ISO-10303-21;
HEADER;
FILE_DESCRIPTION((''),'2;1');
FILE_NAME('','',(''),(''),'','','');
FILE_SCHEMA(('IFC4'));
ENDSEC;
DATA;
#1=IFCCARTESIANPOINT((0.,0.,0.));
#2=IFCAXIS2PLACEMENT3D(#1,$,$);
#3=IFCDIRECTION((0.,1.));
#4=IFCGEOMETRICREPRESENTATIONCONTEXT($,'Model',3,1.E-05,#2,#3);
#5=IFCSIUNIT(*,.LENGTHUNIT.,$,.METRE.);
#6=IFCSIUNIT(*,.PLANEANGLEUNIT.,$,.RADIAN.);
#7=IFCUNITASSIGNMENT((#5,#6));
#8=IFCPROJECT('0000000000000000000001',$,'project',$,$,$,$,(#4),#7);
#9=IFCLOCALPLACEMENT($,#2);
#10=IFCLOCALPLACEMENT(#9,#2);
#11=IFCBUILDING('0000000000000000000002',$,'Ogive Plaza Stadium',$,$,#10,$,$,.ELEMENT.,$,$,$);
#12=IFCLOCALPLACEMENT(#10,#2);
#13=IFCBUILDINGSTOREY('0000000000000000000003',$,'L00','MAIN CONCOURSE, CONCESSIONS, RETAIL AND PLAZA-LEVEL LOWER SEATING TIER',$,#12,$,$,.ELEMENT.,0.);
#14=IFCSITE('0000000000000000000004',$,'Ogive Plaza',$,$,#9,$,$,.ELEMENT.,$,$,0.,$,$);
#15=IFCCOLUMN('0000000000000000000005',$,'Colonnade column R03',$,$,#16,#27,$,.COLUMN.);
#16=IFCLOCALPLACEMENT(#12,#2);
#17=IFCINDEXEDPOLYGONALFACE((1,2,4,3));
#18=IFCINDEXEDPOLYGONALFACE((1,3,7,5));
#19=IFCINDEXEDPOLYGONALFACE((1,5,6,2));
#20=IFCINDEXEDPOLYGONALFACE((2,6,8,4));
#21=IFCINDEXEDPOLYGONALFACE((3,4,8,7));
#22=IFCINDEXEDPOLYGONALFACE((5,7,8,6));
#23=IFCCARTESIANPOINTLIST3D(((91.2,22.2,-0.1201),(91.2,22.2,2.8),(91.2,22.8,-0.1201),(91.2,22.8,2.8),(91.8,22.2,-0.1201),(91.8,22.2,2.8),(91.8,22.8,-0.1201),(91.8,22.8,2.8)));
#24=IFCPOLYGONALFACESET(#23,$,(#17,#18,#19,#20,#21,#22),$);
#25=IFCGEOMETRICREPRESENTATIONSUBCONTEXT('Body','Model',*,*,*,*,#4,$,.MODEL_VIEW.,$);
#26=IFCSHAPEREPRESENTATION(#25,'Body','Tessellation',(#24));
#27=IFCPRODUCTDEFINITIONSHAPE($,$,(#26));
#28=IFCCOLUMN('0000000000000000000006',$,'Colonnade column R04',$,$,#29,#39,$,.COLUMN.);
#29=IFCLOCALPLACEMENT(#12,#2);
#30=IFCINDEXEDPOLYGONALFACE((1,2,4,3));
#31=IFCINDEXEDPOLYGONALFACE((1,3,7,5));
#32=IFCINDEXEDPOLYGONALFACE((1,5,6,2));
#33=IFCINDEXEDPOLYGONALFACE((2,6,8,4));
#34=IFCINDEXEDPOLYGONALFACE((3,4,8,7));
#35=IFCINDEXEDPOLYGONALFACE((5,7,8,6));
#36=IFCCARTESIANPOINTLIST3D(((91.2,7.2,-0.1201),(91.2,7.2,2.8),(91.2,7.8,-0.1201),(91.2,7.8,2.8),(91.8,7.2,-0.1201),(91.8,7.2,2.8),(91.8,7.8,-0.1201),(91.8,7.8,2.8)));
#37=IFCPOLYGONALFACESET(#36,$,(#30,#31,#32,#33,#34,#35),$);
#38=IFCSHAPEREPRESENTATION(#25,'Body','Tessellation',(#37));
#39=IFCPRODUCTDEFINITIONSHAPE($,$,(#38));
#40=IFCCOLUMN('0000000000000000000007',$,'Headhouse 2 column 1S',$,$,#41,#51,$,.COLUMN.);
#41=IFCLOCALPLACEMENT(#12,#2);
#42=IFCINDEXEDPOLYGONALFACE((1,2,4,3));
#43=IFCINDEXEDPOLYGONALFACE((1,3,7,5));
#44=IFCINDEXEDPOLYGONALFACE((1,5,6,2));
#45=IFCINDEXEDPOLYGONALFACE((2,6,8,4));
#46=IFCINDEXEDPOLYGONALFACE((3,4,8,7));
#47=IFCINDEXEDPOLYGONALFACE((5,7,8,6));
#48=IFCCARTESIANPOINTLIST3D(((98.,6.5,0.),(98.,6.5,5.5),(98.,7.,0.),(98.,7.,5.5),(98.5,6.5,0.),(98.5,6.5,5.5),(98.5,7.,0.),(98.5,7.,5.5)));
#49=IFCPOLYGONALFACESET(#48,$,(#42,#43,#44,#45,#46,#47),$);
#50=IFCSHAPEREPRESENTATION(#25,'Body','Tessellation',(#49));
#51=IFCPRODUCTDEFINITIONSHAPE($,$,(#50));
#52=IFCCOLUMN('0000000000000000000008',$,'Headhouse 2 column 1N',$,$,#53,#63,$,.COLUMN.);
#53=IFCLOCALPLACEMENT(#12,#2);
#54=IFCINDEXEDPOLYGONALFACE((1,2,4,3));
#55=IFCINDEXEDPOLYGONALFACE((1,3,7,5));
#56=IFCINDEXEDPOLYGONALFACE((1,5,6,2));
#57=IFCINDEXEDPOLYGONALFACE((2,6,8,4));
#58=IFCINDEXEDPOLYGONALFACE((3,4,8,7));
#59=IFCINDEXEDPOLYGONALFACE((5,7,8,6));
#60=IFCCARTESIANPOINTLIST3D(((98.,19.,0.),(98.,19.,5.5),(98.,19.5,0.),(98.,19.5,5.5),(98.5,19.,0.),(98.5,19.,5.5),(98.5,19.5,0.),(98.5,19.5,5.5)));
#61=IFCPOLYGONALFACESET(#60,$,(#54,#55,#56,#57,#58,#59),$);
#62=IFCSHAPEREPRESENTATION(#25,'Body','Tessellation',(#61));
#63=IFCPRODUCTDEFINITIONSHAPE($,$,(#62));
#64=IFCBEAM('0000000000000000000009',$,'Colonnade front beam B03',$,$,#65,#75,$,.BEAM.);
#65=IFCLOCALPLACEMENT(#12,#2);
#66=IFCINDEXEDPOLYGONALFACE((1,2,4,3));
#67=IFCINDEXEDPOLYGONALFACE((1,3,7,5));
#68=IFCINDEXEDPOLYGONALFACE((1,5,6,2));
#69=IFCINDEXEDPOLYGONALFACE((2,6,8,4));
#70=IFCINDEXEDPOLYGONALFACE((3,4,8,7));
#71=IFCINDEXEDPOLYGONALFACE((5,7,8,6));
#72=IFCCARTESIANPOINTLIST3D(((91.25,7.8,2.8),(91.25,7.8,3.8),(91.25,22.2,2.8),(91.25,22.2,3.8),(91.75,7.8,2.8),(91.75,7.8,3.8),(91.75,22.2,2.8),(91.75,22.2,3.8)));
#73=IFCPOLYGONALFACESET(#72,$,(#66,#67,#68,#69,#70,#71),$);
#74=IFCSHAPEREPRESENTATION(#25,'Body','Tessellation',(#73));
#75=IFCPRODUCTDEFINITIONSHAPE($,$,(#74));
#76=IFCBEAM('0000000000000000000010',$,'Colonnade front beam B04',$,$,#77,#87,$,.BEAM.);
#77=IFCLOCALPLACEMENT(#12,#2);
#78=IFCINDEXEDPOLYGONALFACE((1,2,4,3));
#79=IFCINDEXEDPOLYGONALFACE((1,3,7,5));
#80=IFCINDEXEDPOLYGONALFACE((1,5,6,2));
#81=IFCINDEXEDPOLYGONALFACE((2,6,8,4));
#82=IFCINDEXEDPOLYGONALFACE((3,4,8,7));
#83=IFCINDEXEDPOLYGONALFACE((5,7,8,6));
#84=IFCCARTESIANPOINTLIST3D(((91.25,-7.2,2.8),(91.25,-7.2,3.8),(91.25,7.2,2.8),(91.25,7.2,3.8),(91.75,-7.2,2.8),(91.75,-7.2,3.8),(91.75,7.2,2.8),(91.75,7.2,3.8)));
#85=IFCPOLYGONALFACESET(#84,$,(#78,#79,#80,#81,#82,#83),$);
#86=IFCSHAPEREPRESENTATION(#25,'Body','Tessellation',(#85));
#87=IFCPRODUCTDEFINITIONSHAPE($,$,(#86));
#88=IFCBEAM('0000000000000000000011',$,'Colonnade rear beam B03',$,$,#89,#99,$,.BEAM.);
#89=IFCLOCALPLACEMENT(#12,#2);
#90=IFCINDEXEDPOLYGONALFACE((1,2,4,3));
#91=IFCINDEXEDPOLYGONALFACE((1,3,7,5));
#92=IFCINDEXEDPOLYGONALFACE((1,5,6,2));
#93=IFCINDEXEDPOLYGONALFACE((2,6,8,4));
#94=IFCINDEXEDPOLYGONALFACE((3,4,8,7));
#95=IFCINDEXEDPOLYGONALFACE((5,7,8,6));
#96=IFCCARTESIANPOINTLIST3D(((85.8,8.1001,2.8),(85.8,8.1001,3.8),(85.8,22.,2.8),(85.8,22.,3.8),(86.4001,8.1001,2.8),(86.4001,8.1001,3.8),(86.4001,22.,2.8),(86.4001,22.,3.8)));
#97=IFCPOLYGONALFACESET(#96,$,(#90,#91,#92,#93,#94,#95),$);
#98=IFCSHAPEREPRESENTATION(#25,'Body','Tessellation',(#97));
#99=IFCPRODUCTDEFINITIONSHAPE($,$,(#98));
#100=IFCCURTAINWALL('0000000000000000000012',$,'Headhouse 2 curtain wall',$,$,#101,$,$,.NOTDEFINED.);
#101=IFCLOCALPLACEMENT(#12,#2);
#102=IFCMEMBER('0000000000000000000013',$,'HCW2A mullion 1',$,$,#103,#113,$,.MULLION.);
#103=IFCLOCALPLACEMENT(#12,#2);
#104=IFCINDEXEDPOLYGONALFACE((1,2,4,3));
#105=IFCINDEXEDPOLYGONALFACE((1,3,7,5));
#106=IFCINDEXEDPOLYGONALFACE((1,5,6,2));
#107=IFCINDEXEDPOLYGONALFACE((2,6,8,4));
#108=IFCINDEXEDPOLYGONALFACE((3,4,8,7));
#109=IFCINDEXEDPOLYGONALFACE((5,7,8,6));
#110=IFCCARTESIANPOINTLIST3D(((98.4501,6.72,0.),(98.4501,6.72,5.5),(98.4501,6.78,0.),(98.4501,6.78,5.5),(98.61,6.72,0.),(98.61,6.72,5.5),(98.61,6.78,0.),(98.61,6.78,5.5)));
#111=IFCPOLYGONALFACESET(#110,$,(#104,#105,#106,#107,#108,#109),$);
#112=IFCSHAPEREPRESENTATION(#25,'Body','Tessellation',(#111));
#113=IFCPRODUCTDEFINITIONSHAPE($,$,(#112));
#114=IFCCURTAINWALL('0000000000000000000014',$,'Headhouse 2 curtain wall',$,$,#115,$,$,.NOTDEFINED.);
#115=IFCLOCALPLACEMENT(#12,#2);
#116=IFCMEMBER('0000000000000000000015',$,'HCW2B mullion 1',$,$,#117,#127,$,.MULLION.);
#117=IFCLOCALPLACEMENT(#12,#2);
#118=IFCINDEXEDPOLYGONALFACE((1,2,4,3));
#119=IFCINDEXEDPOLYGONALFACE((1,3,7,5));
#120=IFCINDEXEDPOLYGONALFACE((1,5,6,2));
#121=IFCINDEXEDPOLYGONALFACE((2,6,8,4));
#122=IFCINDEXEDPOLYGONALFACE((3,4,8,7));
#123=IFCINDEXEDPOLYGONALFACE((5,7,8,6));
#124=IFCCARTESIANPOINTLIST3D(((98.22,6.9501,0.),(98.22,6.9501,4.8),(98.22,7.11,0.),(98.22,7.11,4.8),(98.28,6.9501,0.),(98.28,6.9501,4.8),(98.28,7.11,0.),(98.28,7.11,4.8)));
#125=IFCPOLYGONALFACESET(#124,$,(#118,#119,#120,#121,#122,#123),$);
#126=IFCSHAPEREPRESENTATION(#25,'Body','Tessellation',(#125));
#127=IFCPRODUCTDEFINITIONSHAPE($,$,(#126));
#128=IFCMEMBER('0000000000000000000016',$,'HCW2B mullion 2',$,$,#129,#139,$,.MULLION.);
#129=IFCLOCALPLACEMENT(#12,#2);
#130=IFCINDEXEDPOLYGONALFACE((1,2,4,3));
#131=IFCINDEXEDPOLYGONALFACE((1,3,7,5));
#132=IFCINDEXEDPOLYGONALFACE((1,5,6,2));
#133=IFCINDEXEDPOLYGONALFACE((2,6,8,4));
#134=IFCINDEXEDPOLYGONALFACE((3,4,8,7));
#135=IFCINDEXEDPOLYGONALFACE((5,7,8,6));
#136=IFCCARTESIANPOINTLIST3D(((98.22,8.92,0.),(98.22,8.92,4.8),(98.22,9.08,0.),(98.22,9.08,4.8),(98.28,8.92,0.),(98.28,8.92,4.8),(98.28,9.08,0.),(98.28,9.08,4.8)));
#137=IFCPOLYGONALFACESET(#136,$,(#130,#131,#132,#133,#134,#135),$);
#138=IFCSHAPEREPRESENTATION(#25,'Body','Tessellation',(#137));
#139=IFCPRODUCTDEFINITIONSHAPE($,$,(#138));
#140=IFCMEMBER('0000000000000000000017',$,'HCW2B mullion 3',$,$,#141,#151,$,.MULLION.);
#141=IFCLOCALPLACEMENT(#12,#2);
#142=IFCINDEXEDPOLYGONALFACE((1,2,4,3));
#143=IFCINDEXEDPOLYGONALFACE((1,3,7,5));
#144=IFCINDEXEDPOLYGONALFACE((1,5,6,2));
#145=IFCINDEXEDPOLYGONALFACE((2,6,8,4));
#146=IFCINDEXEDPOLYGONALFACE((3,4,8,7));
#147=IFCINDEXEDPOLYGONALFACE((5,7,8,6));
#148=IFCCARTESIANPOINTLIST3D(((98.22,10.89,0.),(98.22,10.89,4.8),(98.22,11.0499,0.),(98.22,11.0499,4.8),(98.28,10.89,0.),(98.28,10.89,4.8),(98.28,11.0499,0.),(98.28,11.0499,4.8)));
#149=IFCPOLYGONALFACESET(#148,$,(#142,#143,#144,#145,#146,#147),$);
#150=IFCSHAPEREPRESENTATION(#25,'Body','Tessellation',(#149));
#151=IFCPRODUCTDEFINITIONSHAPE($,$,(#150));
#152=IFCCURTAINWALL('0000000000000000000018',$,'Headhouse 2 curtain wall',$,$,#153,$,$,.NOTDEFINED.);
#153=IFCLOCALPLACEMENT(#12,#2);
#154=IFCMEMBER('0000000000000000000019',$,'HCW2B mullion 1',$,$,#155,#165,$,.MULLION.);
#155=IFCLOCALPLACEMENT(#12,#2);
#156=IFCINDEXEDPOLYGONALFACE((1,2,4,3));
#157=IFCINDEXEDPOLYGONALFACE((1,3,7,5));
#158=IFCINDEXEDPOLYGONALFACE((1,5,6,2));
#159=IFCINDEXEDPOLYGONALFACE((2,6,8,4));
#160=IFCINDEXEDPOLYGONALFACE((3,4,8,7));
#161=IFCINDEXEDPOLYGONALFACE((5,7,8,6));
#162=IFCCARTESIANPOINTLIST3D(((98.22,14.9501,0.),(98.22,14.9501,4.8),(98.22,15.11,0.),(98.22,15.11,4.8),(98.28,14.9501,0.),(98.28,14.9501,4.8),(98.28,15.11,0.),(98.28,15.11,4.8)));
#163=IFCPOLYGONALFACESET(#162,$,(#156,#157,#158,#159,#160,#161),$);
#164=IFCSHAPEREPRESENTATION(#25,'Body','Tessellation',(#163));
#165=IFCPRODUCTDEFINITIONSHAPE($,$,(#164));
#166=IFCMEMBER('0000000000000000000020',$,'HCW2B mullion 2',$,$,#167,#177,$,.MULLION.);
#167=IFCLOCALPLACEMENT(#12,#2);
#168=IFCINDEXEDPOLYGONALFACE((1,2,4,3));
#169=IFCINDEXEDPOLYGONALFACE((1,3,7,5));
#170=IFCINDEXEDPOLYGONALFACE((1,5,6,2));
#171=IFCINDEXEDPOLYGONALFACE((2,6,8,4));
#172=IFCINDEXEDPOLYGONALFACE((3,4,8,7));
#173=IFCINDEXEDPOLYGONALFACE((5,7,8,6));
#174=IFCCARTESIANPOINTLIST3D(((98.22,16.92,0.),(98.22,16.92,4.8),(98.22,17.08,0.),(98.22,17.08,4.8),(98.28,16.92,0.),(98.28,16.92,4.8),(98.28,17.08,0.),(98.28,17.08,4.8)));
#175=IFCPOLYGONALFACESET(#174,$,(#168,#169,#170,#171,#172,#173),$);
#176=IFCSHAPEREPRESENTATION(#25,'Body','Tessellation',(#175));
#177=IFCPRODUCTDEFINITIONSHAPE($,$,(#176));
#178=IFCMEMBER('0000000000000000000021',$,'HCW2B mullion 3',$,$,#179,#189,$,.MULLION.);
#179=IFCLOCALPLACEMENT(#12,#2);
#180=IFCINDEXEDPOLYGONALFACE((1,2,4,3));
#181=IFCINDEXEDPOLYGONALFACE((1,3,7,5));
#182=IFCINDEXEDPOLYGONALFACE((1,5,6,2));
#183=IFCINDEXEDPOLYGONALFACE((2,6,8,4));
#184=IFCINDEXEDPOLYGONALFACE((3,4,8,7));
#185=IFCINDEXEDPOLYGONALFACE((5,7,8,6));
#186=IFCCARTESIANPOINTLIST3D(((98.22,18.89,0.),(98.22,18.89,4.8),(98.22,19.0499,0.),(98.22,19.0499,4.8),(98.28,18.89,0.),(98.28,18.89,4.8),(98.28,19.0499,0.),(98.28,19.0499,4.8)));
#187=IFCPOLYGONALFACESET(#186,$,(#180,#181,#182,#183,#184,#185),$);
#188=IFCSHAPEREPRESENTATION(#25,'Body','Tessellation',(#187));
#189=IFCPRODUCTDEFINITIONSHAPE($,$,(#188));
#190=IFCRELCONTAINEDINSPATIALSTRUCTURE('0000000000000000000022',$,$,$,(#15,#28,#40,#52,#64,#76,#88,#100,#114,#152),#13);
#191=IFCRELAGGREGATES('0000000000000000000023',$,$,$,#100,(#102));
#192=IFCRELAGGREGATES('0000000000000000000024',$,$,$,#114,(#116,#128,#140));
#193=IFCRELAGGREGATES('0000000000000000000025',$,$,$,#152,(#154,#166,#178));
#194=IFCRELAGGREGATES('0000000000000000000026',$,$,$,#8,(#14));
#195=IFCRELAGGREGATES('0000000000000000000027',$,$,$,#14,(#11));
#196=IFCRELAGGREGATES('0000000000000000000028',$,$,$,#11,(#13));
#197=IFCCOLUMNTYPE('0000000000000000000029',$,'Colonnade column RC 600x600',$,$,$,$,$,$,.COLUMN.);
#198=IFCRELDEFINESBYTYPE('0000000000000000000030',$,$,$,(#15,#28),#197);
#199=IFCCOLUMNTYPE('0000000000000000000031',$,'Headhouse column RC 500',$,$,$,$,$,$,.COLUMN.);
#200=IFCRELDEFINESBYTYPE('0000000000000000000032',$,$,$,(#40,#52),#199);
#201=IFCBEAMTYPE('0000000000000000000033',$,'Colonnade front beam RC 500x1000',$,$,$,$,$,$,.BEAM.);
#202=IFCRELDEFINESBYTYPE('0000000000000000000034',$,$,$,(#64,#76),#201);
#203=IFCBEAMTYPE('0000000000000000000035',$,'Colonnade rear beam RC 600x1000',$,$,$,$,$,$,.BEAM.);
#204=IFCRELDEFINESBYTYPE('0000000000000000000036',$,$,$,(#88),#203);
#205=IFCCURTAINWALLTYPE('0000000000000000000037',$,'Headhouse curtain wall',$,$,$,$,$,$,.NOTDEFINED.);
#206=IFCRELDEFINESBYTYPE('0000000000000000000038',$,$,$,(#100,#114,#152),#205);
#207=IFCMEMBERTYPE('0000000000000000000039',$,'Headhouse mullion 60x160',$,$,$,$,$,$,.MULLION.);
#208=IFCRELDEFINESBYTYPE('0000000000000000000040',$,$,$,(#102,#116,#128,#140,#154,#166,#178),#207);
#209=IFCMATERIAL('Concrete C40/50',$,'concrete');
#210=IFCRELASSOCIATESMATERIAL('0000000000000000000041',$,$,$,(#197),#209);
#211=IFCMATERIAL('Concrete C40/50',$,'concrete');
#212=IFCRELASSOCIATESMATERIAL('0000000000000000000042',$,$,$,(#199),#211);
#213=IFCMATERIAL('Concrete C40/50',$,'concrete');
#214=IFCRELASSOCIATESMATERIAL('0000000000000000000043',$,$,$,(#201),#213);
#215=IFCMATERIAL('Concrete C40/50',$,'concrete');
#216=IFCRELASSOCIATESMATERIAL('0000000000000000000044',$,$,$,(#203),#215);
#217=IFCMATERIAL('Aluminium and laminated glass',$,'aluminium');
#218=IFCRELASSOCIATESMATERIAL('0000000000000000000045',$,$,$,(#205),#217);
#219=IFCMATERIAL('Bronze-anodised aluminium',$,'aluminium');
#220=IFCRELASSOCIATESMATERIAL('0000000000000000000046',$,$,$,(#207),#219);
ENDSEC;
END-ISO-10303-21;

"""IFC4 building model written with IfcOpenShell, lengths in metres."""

from ifc_helpers import new_model, si_unit, direction, frame, origin, origin_2d, place, context, subcontext, project, spatial, rectangle, extrude, material, material_profile, profile_set, type_object, element, aggregate, save


model = new_model("IFC4")

# Units and contexts
model_context = context("Model", 3, precision=1e-05, world=origin(), true_north=direction((0.0, 1.0)))
body_context = subcontext(model_context, "Body", "Model", "MODEL_VIEW")
ifc_project = project(units=[si_unit("LENGTHUNIT", "METRE"), si_unit("PLANEANGLEUNIT", "RADIAN")], contexts=[model_context])

# Site, building, storey
site_placement = place(None, origin())
site = spatial("IfcSite", under=ifc_project, at=site_placement, Name="Ogive Plaza", CompositionType="ELEMENT", RefElevation=0.0)
building_placement = place(site_placement, origin())
building = spatial("IfcBuilding", under=site, at=building_placement, Name="Ogive Plaza Stadium", CompositionType="ELEMENT")
storey_placement = place(building_placement, origin())
storey = spatial("IfcBuildingStorey", under=building, at=storey_placement, Name="L00", Description="MAIN CONCOURSE, CONCESSIONS, RETAIL AND PLAZA-LEVEL LOWER SEATING TIER", CompositionType="ELEMENT", Elevation=0.0)

# Columns
ifc_material_1 = material(Name="Concrete C40/50", Category="concrete")
ifc_material_profile_1 = material_profile(ifc_material_1, rectangle(XDim=0.6001, YDim=0.6001, at=origin_2d()), Name="RC 600x600")
ifc_profile_set_1 = profile_set([ifc_material_profile_1], Name="Concrete C40/50")
column_type_1 = type_object("IfcColumnType", Name="Colonnade column RC 600x600", PredefinedType="COLUMN", material=ifc_profile_set_1)
for number, where, z_axis, x_axis, name in (
    (1, (91.5, 22.5, -0.1201), (0.0, 0.0, 1.0), (1.0, 0.0, 0.0), "Colonnade column R03"),
    (2, (91.5, 7.5, -0.1201), (0.0, 0.0, 1.0), (1.0, 0.0, 0.0), "Colonnade column R04"),
):
    element("IfcColumn", number, at=place(storey_placement, frame(where, z_axis=z_axis, x_axis=x_axis)), inside=storey, type_object=column_type_1, Name=name, PredefinedType="COLUMN", context=body_context, shape_type="SweptSolid", body=[
        extrude(rectangle(XDim=0.6001, YDim=0.6001, at=origin_2d()), origin(), (0.0, 0.0, 1.0), 2.9202),
    ])
ifc_material_2 = material(Name="Concrete C40/50", Category="concrete")
ifc_material_profile_2 = material_profile(ifc_material_2, rectangle(XDim=0.5, YDim=0.5, at=origin_2d()), Name="Headhouse column RC 500")
ifc_profile_set_2 = profile_set([ifc_material_profile_2], Name="Concrete C40/50")
column_type_2 = type_object("IfcColumnType", Name="Headhouse column RC 500", PredefinedType="COLUMN", material=ifc_profile_set_2)
for number, where, z_axis, x_axis, name in (
    (3, (98.25, 6.75, 0.0), (0.0, 0.0, 1.0), (1.0, 0.0, 0.0), "Headhouse 2 column 1S"),
    (4, (98.25, 19.25, 0.0), (0.0, 0.0, 1.0), (1.0, 0.0, 0.0), "Headhouse 2 column 1N"),
):
    element("IfcColumn", number, at=place(storey_placement, frame(where, z_axis=z_axis, x_axis=x_axis)), inside=storey, type_object=column_type_2, Name=name, PredefinedType="COLUMN", context=body_context, shape_type="SweptSolid", body=[
        extrude(rectangle(XDim=0.5, YDim=0.5, at=origin_2d()), origin(), (0.0, 0.0, 1.0), 5.5),
    ])

# Beams
ifc_material_3 = material(Name="Concrete C40/50", Category="concrete")
ifc_material_profile_3 = material_profile(ifc_material_3, rectangle(XDim=0.5, YDim=1.0, at=origin_2d()), Name="RC 500x1000")
ifc_profile_set_3 = profile_set([ifc_material_profile_3], Name="Concrete C40/50")
beam_type_1 = type_object("IfcBeamType", Name="Colonnade front beam RC 500x1000", PredefinedType="BEAM", material=ifc_profile_set_3)
for number, where, z_axis, x_axis, name in (
    (5, (91.5, 22.2, 3.3), (0.0, -1.0, 0.0), (1.0, 0.0, 0.0), "Colonnade front beam B03"),
    (6, (91.5, 7.2, 3.3), (0.0, -1.0, 0.0), (1.0, 0.0, 0.0), "Colonnade front beam B04"),
):
    element("IfcBeam", number, at=place(storey_placement, frame(where, z_axis=z_axis, x_axis=x_axis)), inside=storey, type_object=beam_type_1, Name=name, PredefinedType="BEAM", context=body_context, shape_type="SweptSolid", body=[
        extrude(rectangle(XDim=0.5, YDim=1.0, at=origin_2d()), origin(), (0.0, 0.0, 1.0), 14.3999),
    ])
ifc_material_4 = material(Name="Concrete C40/50", Category="concrete")
ifc_material_profile_4 = material_profile(ifc_material_4, rectangle(XDim=0.6001, YDim=1.0, at=origin_2d()), Name="RC 600x1000")
ifc_profile_set_4 = profile_set([ifc_material_profile_4], Name="Concrete C40/50")
beam_type_2 = type_object("IfcBeamType", Name="Colonnade rear beam RC 600x1000", PredefinedType="BEAM", material=ifc_profile_set_4)
beam_1_placement = place(storey_placement, frame((86.1001, 22.0, 3.3), z_axis=(0.0, -1.0, 0.0), x_axis=(1.0, 0.0, 0.0)))
element("IfcBeam", 7, at=beam_1_placement, inside=storey, type_object=beam_type_2, Name="Colonnade rear beam B03", PredefinedType="BEAM", context=body_context, shape_type="SweptSolid", body=[
    extrude(rectangle(XDim=0.6001, YDim=1.0, at=origin_2d()), origin(), (0.0, 0.0, 1.0), 13.8999),
])

# Curtain wall, member
ifc_material_5 = material(Name="Aluminium and laminated glass", Category="aluminium")
curtain_wall_type = type_object("IfcCurtainWallType", Name="Headhouse curtain wall", PredefinedType="NOTDEFINED", material=ifc_material_5)
curtain_wall_1_placement = place(storey_placement, origin())
curtain_wall_1 = element("IfcCurtainWall", 8, at=curtain_wall_1_placement, inside=storey, type_object=curtain_wall_type, Name="Headhouse 2 curtain wall", PredefinedType="NOTDEFINED")
ifc_material_6 = material(Name="Bronze-anodised aluminium", Category="aluminium")
ifc_material_profile_5 = material_profile(ifc_material_6, rectangle(XDim=0.0601, YDim=0.1599, at=origin_2d()), Name="Headhouse mullion 60x160")
ifc_profile_set_5 = profile_set([ifc_material_profile_5], Name="Bronze-anodised aluminium")
member_type_1 = type_object("IfcMemberType", Name="Headhouse mullion 60x160", PredefinedType="MULLION", material=ifc_profile_set_5)
member_1_placement = place(storey_placement, frame((98.53, 6.75, 0.0), z_axis=(0.0, 0.0, 1.0), x_axis=(0.0, 1.0, 0.0)))
member_1 = element("IfcMember", 9, at=member_1_placement, type_object=member_type_1, Name="HCW2A mullion 1", PredefinedType="MULLION", context=body_context, shape_type="SweptSolid", body=[
    extrude(rectangle(XDim=0.0601, YDim=0.1599, at=origin_2d()), origin(), (0.0, 0.0, 1.0), 5.5),
])
aggregate(curtain_wall_1, [member_1])

# Curtain walls, members
curtain_wall_2_placement = place(storey_placement, origin())
curtain_wall_2 = element("IfcCurtainWall", 10, at=curtain_wall_2_placement, inside=storey, type_object=curtain_wall_type, Name="Headhouse 2 curtain wall", PredefinedType="NOTDEFINED")
member_2_placement = place(storey_placement, frame((98.25, 7.03, 0.0), z_axis=(0.0, 0.0, 1.0), x_axis=(-1.0, 0.0, 0.0)))
member_2 = element("IfcMember", 11, at=member_2_placement, type_object=member_type_1, Name="HCW2B mullion 1", PredefinedType="MULLION", context=body_context, shape_type="SweptSolid", body=[
    extrude(rectangle(XDim=0.0601, YDim=0.1599, at=origin_2d()), origin(), (0.0, 0.0, 1.0), 4.8),
])
member_3_placement = place(storey_placement, frame((98.25, 9.0, 0.0), z_axis=(0.0, 0.0, 1.0), x_axis=(-1.0, 0.0, 0.0)))
member_3 = element("IfcMember", 12, at=member_3_placement, type_object=member_type_1, Name="HCW2B mullion 2", PredefinedType="MULLION", context=body_context, shape_type="SweptSolid", body=[
    extrude(rectangle(XDim=0.0601, YDim=0.1599, at=origin_2d()), origin(), (0.0, 0.0, 1.0), 4.8),
])
member_4_placement = place(storey_placement, frame((98.25, 10.97, 0.0), z_axis=(0.0, 0.0, 1.0), x_axis=(-1.0, 0.0, 0.0)))
member_4 = element("IfcMember", 13, at=member_4_placement, type_object=member_type_1, Name="HCW2B mullion 3", PredefinedType="MULLION", context=body_context, shape_type="SweptSolid", body=[
    extrude(rectangle(XDim=0.0601, YDim=0.1599, at=origin_2d()), origin(), (0.0, 0.0, 1.0), 4.8),
])
curtain_wall_3_placement = place(storey_placement, origin())
curtain_wall_3 = element("IfcCurtainWall", 14, at=curtain_wall_3_placement, inside=storey, type_object=curtain_wall_type, Name="Headhouse 2 curtain wall", PredefinedType="NOTDEFINED")
member_5_placement = place(storey_placement, frame((98.25, 15.03, 0.0), z_axis=(0.0, 0.0, 1.0), x_axis=(-1.0, 0.0, 0.0)))
member_5 = element("IfcMember", 15, at=member_5_placement, type_object=member_type_1, Name="HCW2B mullion 1", PredefinedType="MULLION", context=body_context, shape_type="SweptSolid", body=[
    extrude(rectangle(XDim=0.0601, YDim=0.1599, at=origin_2d()), origin(), (0.0, 0.0, 1.0), 4.8),
])
member_6_placement = place(storey_placement, frame((98.25, 17.0, 0.0), z_axis=(0.0, 0.0, 1.0), x_axis=(-1.0, 0.0, 0.0)))
member_6 = element("IfcMember", 16, at=member_6_placement, type_object=member_type_1, Name="HCW2B mullion 2", PredefinedType="MULLION", context=body_context, shape_type="SweptSolid", body=[
    extrude(rectangle(XDim=0.0601, YDim=0.1599, at=origin_2d()), origin(), (0.0, 0.0, 1.0), 4.8),
])
member_7_placement = place(storey_placement, frame((98.25, 18.97, 0.0), z_axis=(0.0, 0.0, 1.0), x_axis=(-1.0, 0.0, 0.0)))
member_7 = element("IfcMember", 17, at=member_7_placement, type_object=member_type_1, Name="HCW2B mullion 3", PredefinedType="MULLION", context=body_context, shape_type="SweptSolid", body=[
    extrude(rectangle(XDim=0.0601, YDim=0.1599, at=origin_2d()), origin(), (0.0, 0.0, 1.0), 4.8),
])

aggregate(curtain_wall_2, [member_2, member_3, member_4])
aggregate(curtain_wall_3, [member_5, member_6, member_7])

save(model, "model.ifc")
